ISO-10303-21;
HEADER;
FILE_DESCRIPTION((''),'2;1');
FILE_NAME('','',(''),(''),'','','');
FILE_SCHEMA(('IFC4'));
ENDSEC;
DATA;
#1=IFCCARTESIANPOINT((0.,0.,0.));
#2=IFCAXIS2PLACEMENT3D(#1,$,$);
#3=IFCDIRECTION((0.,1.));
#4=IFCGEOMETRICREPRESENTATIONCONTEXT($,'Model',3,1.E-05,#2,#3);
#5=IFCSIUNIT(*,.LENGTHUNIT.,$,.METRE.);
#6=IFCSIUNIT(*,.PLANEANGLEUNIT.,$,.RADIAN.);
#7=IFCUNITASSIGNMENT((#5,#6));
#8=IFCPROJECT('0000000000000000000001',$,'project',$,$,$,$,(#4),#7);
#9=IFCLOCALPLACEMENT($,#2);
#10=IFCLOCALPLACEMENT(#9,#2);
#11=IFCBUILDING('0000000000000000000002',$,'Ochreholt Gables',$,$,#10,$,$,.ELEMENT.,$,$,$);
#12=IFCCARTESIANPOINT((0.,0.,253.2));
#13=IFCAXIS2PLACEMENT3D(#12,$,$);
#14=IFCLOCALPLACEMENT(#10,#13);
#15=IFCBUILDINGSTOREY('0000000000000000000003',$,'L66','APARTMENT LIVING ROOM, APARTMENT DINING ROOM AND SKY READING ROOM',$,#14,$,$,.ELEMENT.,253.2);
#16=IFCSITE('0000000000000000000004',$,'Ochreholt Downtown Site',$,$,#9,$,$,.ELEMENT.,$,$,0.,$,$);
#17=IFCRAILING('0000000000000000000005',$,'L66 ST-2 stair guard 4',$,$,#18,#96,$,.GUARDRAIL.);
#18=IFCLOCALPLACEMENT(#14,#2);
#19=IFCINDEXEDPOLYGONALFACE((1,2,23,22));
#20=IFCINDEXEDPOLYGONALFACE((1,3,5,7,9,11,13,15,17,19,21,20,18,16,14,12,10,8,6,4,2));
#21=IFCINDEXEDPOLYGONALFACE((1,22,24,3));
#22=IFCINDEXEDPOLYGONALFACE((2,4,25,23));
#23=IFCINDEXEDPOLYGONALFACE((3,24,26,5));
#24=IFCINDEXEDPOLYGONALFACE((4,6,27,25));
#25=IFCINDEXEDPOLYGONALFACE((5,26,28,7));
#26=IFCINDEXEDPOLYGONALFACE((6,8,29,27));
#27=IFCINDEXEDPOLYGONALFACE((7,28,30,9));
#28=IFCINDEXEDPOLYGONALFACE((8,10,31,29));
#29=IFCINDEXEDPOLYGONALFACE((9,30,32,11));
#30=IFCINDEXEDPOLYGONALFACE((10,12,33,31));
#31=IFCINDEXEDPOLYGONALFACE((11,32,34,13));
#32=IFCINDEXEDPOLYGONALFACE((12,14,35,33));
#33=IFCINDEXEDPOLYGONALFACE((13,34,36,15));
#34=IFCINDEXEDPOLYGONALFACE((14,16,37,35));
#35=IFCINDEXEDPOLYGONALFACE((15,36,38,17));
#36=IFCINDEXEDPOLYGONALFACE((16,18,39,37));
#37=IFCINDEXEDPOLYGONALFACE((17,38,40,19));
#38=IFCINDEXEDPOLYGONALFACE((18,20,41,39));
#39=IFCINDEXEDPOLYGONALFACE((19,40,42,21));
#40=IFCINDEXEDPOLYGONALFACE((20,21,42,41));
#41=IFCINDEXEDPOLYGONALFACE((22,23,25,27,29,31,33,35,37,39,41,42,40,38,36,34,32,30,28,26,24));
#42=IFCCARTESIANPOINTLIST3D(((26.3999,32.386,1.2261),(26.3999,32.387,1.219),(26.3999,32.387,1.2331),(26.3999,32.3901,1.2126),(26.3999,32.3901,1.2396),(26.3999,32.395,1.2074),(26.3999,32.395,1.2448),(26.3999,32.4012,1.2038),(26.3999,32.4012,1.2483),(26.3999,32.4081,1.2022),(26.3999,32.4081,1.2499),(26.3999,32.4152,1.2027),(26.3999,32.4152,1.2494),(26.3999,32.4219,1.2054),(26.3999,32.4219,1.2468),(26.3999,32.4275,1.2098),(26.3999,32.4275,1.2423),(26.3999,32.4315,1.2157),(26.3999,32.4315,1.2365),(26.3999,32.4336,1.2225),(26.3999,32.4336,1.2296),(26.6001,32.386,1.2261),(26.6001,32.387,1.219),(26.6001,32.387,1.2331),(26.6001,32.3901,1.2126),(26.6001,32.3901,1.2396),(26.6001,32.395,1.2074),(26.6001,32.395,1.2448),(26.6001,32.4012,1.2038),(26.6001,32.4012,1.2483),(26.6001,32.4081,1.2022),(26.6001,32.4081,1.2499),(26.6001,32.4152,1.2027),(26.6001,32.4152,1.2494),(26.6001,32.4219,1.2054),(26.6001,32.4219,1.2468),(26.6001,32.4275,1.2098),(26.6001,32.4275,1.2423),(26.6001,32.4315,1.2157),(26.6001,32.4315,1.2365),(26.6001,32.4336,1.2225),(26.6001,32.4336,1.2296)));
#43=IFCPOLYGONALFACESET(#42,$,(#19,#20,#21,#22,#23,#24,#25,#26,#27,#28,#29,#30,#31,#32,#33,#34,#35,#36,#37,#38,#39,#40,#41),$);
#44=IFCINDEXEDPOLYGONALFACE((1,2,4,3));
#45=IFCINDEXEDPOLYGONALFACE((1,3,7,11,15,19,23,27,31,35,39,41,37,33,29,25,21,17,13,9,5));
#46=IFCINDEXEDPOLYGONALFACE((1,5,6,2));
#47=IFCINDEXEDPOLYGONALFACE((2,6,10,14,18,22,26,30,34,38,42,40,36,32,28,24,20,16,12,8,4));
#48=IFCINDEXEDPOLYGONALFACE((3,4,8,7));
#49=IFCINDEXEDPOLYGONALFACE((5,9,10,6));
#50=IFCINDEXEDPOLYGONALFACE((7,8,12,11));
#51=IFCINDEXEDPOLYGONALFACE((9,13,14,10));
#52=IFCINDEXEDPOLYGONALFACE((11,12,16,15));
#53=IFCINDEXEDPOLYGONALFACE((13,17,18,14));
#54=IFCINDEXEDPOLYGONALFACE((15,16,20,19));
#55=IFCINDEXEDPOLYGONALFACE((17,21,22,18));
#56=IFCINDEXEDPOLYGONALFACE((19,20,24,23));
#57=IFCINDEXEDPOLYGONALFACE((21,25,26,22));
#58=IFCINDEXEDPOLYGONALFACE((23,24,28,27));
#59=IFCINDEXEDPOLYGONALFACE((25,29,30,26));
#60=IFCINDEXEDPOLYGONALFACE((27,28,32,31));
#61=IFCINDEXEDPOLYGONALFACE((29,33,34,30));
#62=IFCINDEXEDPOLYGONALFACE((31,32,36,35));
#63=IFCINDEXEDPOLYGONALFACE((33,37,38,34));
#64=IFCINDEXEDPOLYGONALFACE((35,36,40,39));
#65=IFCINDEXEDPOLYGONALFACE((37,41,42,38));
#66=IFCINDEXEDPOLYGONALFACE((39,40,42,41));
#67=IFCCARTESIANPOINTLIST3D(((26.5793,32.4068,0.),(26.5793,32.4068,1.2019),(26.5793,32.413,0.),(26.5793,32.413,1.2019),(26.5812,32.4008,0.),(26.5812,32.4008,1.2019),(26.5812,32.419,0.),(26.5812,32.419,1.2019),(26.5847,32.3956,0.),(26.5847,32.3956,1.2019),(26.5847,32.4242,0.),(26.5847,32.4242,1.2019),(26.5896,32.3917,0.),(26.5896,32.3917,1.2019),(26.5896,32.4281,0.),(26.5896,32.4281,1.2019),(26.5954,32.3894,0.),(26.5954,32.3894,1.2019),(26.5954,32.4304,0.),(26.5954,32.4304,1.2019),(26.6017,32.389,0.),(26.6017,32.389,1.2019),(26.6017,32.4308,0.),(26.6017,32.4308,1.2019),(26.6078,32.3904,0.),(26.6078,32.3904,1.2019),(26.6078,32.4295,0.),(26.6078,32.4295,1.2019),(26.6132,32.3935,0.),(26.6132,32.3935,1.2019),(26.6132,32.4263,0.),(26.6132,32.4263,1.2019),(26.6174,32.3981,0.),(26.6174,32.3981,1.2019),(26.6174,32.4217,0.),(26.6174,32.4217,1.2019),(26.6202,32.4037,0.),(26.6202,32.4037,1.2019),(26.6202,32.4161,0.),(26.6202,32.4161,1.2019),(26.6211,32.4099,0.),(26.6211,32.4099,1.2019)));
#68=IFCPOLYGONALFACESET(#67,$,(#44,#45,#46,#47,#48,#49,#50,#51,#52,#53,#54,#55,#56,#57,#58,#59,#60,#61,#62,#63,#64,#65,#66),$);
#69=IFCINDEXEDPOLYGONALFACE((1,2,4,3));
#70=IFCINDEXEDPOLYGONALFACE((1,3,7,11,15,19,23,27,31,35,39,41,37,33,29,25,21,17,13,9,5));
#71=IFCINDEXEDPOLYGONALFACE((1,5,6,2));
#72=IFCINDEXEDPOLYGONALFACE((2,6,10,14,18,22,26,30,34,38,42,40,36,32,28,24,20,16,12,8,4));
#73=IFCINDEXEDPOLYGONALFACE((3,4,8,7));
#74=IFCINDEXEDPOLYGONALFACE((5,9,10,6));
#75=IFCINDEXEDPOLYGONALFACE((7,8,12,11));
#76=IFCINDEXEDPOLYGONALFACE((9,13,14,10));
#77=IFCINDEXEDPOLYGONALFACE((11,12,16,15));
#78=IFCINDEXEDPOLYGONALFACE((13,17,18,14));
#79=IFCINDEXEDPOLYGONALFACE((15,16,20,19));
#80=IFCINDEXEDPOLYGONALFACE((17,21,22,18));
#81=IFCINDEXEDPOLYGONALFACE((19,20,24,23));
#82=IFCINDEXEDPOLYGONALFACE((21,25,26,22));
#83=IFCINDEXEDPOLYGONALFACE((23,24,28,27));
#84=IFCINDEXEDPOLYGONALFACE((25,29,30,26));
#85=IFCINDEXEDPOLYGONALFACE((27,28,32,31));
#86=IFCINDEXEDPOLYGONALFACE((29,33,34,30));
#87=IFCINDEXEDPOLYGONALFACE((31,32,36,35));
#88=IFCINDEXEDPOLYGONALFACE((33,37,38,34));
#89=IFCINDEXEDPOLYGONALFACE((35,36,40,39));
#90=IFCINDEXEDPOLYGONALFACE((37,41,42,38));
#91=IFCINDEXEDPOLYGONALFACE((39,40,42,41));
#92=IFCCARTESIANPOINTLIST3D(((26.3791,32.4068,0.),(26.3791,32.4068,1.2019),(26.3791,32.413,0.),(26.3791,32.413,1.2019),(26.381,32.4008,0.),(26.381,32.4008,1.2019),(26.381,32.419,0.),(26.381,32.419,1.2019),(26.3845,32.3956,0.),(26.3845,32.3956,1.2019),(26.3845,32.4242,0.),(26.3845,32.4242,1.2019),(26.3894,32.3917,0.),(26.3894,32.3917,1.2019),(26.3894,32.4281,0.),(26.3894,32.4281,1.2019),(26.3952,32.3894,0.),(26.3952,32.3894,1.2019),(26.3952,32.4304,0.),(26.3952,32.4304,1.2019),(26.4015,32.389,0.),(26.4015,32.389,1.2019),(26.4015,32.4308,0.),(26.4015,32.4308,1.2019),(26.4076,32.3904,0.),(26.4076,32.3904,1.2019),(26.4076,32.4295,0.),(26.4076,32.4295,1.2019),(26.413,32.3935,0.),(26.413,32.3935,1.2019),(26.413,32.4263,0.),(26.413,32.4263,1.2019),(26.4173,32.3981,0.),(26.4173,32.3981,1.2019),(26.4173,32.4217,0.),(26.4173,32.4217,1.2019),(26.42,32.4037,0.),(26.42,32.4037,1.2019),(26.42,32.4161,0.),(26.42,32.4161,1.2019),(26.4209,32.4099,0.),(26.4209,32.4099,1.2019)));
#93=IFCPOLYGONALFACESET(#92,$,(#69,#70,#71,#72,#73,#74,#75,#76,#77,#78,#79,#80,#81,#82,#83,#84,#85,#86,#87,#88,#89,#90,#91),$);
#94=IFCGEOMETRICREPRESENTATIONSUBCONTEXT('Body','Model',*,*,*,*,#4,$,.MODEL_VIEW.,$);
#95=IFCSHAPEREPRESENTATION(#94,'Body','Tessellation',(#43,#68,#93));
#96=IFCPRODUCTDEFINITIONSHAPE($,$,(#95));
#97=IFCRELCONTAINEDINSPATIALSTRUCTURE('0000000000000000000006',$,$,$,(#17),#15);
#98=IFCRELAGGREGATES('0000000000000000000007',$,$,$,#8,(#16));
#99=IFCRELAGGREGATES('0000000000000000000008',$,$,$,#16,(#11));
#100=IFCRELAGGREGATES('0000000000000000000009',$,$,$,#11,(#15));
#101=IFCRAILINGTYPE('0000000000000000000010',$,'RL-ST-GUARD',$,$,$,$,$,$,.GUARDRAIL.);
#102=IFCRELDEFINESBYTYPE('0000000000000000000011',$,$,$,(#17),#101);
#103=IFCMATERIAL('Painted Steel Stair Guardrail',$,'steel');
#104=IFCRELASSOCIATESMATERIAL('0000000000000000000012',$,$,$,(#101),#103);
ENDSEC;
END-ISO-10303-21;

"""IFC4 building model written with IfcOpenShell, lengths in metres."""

from ifc_helpers import new_model, si_unit, direction, frame, origin, origin_2d, place, context, subcontext, project, spatial, circle, extrude, material, type_object, element, save


model = new_model("IFC4")

# Units and contexts
model_context = context("Model", 3, precision=1e-05, world=origin(), true_north=direction((0.0, 1.0)))
body_context = subcontext(model_context, "Body", "Model", "MODEL_VIEW")
ifc_project = project(units=[si_unit("LENGTHUNIT", "METRE"), si_unit("PLANEANGLEUNIT", "RADIAN")], contexts=[model_context])

# Site, building, storey
site_placement = place(None, origin())
site = spatial("IfcSite", under=ifc_project, at=site_placement, Name="Ochreholt Downtown Site", CompositionType="ELEMENT", RefElevation=0.0)
building_placement = place(site_placement, origin())
building = spatial("IfcBuilding", under=site, at=building_placement, Name="Ochreholt Gables", CompositionType="ELEMENT")
storey_placement = place(building_placement, frame((0.0, 0.0, 253.2)))
storey = spatial("IfcBuildingStorey", under=building, at=storey_placement, Name="L66", Description="APARTMENT LIVING ROOM, APARTMENT DINING ROOM AND SKY READING ROOM", CompositionType="ELEMENT", Elevation=253.2)

# Railing
ifc_material_1 = material(Name="Painted Steel Stair Guardrail", Category="steel")
railing_type_1 = type_object("IfcRailingType", Name="RL-ST-GUARD", PredefinedType="GUARDRAIL", material=ifc_material_1)
railing_1_placement = place(storey_placement, frame((26.6001, 32.4099, 0.0)))
element("IfcRailing", 1, at=railing_1_placement, inside=storey, type_object=railing_type_1, Name="L66 ST-2 stair guard 4", PredefinedType="GUARDRAIL", context=body_context, shape_type="SweptSolid", body=[
    extrude(circle(Radius=0.0239, at=origin_2d()), frame((0.0, 0.0, 1.2261), z_axis=(-1.0, 0.0, 0.0), x_axis=(0.0, -1.0, 0.0)), (0.0, 0.0, 1.0), 0.2002),
    extrude(circle(Radius=0.021, at=origin_2d()), origin(), (0.0, 0.0, 1.0), 1.2019),
    extrude(circle(Radius=0.021, at=origin_2d()), frame((-0.2002, 0.0, 0.0)), (0.0, 0.0, 1.0), 1.2019),
])

save(model, "model.ifc")
